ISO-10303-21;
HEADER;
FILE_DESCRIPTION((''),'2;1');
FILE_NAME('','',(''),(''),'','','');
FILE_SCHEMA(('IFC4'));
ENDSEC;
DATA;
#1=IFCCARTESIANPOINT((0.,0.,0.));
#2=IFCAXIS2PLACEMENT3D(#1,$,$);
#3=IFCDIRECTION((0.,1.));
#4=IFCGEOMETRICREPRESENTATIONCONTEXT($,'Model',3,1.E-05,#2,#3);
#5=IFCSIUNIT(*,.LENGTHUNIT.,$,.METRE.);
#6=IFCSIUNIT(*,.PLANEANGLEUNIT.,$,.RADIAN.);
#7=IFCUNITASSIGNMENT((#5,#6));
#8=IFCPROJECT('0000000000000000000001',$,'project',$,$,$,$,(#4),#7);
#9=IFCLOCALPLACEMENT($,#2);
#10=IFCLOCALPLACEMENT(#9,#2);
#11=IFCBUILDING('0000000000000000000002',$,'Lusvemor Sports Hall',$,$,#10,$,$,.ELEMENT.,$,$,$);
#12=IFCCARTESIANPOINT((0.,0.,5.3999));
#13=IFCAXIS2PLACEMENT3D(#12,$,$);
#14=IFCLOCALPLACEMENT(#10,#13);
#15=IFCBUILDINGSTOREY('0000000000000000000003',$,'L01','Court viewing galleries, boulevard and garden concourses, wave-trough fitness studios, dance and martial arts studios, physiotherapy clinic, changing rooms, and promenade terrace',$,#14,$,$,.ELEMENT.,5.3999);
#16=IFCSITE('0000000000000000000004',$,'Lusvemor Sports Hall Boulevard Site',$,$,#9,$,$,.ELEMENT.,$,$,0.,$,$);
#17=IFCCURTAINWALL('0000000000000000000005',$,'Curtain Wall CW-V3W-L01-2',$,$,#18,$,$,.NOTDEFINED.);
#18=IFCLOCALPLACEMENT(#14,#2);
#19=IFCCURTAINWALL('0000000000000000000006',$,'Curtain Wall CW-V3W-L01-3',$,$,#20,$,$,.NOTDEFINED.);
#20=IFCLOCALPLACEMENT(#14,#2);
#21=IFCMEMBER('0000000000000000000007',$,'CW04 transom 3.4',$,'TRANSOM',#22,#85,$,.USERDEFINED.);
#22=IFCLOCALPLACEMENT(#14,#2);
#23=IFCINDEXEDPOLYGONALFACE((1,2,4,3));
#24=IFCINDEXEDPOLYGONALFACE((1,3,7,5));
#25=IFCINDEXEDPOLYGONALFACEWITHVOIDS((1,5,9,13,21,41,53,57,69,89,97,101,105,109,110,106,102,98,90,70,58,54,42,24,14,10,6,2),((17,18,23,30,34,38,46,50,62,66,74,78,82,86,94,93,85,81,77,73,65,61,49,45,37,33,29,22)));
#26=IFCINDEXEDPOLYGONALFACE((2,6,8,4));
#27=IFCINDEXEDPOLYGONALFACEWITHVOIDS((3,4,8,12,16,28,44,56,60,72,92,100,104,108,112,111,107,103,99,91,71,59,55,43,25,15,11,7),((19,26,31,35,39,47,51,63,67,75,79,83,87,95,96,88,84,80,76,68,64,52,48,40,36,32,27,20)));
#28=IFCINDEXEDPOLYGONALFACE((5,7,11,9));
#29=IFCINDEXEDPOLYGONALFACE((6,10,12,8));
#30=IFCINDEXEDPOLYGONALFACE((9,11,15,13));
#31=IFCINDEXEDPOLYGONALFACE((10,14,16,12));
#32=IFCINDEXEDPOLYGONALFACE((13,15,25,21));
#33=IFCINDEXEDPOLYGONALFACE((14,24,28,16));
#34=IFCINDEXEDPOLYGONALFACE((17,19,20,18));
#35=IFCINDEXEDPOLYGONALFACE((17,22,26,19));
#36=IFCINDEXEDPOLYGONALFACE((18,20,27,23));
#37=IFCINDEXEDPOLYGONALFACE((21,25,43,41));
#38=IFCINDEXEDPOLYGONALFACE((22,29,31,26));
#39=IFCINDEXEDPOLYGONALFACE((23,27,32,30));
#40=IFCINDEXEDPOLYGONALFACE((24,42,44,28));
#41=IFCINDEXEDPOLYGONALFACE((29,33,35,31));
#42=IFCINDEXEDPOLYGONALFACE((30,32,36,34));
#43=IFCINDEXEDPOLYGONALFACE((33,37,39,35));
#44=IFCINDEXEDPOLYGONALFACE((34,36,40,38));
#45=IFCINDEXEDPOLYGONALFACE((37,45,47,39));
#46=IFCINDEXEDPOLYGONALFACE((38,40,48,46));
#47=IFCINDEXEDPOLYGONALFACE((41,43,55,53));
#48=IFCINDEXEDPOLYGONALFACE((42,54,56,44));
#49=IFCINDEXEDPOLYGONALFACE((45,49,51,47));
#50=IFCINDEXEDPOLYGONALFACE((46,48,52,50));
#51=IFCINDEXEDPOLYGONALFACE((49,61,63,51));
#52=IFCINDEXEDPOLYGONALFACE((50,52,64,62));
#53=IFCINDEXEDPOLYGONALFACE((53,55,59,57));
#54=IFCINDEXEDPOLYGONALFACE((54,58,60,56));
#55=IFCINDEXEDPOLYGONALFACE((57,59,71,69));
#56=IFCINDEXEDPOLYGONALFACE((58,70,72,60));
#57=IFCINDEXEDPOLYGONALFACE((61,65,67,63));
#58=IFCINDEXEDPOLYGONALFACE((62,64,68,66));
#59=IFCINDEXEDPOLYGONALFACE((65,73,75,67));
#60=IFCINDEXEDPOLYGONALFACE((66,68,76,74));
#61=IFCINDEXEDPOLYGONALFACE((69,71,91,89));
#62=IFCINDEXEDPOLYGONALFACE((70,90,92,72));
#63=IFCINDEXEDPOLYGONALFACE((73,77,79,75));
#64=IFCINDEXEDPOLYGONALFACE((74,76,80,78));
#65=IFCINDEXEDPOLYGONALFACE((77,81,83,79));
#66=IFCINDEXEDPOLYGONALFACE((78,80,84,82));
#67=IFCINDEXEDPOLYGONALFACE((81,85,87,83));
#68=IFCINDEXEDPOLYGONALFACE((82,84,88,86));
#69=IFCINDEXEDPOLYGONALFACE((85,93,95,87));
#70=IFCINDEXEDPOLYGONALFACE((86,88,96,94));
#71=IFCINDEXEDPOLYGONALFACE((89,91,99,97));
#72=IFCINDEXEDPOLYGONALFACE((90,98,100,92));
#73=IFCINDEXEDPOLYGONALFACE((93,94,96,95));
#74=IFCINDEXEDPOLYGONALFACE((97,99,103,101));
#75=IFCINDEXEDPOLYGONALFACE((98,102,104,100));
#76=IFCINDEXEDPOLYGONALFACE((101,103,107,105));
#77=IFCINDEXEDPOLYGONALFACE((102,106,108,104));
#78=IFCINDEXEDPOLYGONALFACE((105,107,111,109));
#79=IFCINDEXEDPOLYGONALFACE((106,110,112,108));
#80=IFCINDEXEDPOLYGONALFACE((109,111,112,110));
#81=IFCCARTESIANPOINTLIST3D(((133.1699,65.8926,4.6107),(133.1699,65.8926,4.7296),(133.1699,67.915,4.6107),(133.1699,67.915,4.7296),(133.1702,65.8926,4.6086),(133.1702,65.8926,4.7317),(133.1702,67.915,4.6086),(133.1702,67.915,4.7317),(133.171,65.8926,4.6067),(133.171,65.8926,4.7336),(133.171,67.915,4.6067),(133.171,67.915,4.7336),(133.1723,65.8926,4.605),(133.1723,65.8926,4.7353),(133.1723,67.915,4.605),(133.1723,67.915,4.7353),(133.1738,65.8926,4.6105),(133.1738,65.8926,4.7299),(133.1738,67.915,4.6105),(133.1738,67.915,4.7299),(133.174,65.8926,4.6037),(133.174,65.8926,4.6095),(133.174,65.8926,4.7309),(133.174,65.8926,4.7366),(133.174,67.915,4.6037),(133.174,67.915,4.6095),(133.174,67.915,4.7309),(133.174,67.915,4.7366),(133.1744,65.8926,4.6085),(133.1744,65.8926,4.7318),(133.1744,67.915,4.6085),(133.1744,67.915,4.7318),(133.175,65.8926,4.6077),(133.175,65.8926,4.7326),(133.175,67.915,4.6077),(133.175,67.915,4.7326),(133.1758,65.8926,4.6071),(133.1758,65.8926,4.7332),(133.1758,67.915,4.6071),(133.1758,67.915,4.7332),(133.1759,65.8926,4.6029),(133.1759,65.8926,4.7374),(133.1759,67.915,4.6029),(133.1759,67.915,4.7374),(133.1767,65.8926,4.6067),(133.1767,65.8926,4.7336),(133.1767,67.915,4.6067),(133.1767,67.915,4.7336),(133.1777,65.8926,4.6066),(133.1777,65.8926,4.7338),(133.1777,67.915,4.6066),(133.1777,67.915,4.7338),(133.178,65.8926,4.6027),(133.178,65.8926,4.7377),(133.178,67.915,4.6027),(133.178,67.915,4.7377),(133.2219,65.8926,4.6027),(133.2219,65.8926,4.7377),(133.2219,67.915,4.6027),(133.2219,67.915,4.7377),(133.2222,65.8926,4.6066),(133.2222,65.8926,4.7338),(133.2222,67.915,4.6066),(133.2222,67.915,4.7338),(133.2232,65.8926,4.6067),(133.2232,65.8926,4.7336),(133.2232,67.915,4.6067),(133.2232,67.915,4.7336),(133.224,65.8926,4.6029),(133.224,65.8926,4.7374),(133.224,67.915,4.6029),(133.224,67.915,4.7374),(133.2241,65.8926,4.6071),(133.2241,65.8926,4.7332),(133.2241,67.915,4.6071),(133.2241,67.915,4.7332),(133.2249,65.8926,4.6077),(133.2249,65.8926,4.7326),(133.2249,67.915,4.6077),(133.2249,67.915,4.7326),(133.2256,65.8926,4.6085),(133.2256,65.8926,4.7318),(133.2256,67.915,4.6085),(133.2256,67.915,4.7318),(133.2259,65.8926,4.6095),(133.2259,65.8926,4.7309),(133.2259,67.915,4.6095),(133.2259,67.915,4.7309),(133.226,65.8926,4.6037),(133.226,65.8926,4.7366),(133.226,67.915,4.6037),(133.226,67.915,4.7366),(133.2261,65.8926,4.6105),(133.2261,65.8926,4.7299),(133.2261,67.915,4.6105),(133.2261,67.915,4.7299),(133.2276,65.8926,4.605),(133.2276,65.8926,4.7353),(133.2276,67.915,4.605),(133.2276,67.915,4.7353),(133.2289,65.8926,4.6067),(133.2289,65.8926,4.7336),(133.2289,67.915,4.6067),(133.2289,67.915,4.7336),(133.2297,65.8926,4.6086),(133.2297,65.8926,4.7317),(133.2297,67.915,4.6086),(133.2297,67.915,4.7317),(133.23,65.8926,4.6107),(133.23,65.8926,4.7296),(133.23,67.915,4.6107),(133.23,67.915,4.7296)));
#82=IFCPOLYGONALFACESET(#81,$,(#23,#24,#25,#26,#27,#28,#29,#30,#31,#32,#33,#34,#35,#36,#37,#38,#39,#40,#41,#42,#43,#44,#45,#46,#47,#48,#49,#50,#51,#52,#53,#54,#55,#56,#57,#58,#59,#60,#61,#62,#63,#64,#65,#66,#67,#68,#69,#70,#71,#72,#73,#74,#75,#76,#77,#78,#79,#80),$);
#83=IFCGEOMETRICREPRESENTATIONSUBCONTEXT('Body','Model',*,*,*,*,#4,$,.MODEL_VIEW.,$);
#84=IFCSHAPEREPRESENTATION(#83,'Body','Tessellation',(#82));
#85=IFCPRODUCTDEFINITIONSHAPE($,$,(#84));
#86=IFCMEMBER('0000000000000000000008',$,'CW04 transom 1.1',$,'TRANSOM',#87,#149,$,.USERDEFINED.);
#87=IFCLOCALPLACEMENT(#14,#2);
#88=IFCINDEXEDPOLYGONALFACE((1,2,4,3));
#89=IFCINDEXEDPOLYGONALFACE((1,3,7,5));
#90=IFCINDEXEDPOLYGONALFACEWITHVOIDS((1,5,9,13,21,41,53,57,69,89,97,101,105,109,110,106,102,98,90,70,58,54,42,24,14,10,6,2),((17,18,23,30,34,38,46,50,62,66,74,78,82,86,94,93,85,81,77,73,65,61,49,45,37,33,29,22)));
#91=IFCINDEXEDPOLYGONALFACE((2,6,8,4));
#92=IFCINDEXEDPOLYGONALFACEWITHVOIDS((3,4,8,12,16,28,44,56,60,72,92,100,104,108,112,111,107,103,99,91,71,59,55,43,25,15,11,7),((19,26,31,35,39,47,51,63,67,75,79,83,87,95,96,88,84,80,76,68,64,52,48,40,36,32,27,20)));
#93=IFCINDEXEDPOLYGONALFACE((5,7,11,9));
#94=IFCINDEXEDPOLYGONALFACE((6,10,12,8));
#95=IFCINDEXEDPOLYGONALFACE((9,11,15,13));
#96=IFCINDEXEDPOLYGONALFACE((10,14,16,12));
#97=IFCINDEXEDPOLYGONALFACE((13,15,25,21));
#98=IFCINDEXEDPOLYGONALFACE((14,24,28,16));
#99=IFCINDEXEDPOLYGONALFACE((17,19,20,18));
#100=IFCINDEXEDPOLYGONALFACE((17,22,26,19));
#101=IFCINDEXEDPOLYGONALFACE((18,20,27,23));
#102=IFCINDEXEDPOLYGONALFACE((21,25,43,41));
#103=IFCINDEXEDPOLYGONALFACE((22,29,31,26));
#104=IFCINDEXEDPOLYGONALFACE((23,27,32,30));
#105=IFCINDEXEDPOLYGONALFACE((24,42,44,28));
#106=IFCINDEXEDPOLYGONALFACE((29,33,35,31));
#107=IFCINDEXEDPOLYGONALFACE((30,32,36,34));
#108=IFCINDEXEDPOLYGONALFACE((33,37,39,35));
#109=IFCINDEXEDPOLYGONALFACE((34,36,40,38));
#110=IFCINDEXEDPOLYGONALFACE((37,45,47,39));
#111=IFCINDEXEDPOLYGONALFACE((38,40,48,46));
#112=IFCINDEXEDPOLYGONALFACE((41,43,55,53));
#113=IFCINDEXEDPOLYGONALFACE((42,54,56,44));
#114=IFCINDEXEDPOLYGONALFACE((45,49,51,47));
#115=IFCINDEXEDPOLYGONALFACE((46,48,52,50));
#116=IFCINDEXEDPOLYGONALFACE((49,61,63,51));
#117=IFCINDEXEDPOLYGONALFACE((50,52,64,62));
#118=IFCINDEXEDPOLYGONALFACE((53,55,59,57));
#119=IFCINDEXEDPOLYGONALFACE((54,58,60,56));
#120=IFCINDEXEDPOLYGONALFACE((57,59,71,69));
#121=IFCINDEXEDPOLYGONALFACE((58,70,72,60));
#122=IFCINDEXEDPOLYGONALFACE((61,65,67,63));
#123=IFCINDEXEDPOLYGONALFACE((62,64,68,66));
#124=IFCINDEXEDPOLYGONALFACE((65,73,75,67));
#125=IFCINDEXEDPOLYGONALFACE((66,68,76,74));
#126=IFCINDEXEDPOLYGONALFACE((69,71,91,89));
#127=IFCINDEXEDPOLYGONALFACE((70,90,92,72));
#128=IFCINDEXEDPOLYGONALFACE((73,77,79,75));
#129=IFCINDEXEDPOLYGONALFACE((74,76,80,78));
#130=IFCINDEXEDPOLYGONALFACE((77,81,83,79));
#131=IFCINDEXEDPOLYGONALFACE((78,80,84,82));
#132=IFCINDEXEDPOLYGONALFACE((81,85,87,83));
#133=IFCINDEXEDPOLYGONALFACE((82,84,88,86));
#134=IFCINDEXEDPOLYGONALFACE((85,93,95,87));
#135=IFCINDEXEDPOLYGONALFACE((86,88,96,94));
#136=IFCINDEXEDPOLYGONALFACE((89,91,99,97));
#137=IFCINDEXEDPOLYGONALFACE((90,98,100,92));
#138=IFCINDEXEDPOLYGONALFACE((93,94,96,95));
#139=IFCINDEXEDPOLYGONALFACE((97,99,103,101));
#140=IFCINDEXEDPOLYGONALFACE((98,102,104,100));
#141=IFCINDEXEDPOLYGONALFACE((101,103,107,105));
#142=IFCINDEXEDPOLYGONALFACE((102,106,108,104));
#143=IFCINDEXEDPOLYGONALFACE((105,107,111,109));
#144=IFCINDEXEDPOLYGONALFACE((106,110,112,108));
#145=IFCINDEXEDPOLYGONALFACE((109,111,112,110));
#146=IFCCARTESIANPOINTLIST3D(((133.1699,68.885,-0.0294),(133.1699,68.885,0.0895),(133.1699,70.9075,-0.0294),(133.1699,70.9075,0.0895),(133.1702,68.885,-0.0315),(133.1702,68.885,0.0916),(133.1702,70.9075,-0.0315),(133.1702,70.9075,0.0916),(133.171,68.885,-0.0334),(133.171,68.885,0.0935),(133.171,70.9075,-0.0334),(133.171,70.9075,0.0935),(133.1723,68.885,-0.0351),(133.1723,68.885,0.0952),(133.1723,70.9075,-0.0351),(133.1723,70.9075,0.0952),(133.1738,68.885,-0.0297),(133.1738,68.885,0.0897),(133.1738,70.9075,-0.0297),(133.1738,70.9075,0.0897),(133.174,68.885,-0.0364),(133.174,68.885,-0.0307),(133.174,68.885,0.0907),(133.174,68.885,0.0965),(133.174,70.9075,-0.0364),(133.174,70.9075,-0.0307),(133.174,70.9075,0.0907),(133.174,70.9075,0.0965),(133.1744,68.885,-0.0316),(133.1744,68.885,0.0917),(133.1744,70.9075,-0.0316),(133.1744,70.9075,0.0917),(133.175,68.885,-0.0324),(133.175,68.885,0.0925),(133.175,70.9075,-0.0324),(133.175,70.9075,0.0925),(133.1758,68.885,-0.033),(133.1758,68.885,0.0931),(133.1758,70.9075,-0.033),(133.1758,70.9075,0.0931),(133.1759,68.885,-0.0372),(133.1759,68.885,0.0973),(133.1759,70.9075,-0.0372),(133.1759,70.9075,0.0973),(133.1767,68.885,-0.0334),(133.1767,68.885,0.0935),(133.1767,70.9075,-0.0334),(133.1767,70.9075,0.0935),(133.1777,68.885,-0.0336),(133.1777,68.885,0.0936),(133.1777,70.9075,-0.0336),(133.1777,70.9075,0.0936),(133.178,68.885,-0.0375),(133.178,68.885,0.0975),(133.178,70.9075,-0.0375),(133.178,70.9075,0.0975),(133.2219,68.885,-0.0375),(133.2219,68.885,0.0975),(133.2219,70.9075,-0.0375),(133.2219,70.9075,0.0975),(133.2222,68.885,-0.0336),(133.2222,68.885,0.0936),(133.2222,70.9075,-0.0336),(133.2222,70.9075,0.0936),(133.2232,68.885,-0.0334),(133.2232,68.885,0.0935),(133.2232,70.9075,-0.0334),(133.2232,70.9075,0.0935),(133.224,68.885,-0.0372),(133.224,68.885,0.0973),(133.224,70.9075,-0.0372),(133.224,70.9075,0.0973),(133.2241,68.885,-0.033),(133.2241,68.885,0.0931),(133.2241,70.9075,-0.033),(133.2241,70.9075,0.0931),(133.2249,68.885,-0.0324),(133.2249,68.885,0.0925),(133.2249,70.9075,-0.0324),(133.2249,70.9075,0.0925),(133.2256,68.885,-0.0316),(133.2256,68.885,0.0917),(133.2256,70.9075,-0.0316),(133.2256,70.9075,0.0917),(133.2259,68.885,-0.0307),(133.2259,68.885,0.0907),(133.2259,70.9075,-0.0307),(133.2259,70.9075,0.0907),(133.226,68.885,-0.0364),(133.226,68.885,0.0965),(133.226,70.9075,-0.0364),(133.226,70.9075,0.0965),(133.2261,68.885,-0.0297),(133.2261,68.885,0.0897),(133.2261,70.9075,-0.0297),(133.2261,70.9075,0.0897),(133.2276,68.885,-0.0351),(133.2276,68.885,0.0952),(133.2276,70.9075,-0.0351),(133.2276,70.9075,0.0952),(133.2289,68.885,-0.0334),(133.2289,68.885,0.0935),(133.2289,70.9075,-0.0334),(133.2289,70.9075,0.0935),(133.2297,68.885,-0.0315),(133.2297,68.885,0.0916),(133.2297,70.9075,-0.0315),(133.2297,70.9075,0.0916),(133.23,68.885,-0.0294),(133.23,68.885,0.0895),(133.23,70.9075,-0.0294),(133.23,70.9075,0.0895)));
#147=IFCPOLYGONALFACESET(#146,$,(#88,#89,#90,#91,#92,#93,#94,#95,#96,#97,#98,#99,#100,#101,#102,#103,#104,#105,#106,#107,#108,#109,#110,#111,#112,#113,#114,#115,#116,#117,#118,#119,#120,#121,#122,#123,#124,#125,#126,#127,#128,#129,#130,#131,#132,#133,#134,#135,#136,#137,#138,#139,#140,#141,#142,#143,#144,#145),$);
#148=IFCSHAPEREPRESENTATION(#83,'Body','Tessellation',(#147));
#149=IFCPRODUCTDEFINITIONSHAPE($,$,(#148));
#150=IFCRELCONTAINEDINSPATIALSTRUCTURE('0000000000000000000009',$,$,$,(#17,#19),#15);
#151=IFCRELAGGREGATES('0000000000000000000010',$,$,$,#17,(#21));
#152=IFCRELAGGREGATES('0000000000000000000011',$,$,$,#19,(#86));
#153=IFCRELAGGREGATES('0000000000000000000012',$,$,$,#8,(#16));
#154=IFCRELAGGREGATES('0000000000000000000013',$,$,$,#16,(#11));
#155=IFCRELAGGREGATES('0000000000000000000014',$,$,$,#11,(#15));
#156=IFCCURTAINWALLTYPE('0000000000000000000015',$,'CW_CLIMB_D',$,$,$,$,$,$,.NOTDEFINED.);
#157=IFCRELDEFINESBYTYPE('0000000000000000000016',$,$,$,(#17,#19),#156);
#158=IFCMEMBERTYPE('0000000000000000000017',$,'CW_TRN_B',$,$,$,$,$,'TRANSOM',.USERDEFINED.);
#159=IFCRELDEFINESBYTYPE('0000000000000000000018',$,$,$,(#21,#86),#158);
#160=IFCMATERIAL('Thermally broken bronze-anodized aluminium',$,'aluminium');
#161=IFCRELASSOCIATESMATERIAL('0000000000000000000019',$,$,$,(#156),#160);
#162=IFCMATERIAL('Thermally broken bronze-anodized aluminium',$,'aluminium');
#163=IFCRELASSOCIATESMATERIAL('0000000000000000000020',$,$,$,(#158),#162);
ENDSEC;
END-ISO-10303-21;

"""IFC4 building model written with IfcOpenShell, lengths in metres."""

from ifc_helpers import new_model, si_unit, direction, frame, origin, origin_2d, place, context, subcontext, project, spatial, hollow_rectangle, extrude, material, material_profile, profile_set, type_object, element, aggregate, save


model = new_model("IFC4")

# Units and contexts
model_context = context("Model", 3, precision=1e-05, world=origin(), true_north=direction((0.0, 1.0)))
body_context = subcontext(model_context, "Body", "Model", "MODEL_VIEW")
ifc_project = project(units=[si_unit("LENGTHUNIT", "METRE"), si_unit("PLANEANGLEUNIT", "RADIAN")], contexts=[model_context])

# Site, building, storey
site_placement = place(None, origin())
site = spatial("IfcSite", under=ifc_project, at=site_placement, Name="Lusvemor Sports Hall Boulevard Site", CompositionType="ELEMENT", RefElevation=0.0)
building_placement = place(site_placement, origin())
building = spatial("IfcBuilding", under=site, at=building_placement, Name="Lusvemor Sports Hall", CompositionType="ELEMENT")
storey_placement = place(building_placement, frame((0.0, 0.0, 5.3999)))
storey = spatial("IfcBuildingStorey", under=building, at=storey_placement, Name="L01", Description="Court viewing galleries, boulevard and garden concourses, wave-trough fitness studios, dance and martial arts studios, physiotherapy clinic, changing rooms, and promenade terrace", CompositionType="ELEMENT", Elevation=5.3999)

# Curtain wall
ifc_material_1 = material(Name="Thermally broken bronze-anodized aluminium", Category="aluminium")
curtain_wall_type = type_object("IfcCurtainWallType", Name="CW_CLIMB_D", PredefinedType="NOTDEFINED", material=ifc_material_1)
curtain_wall_1_placement = place(storey_placement, origin())
curtain_wall_1 = element("IfcCurtainWall", 1, at=curtain_wall_1_placement, inside=storey, type_object=curtain_wall_type, Name="Curtain Wall CW-V3W-L01-2", PredefinedType="NOTDEFINED")

# Curtain wall
curtain_wall_2_placement = place(storey_placement, origin())
curtain_wall_2 = element("IfcCurtainWall", 2, at=curtain_wall_2_placement, inside=storey, type_object=curtain_wall_type, Name="Curtain Wall CW-V3W-L01-3", PredefinedType="NOTDEFINED")

# Members
ifc_material_2 = material(Name="Thermally broken bronze-anodized aluminium", Category="aluminium")
ifc_material_profile_1 = material_profile(ifc_material_2, hollow_rectangle(XDim=0.0601, YDim=0.135, WallThickness=0.0039, InnerFilletRadius=0.0039, OuterFilletRadius=0.0081, at=origin_2d()), Name="CWTRN135x60x4")
ifc_profile_set_1 = profile_set([ifc_material_profile_1], Name="Thermally broken bronze-anodized aluminium")
member_type_1 = type_object("IfcMemberType", Name="CW_TRN_B", ElementType="TRANSOM", PredefinedType="USERDEFINED", material=ifc_profile_set_1)
member_1_placement = place(storey_placement, frame((133.2, 65.8926, 4.6702), z_axis=(0.0, 1.0, 0.0), x_axis=(-1.0, 0.0, 0.0)))
member_1 = element("IfcMember", 3, at=member_1_placement, type_object=member_type_1, Name="CW04 transom 3.4", ObjectType="TRANSOM", PredefinedType="USERDEFINED", context=body_context, shape_type="SweptSolid", body=[
    extrude(hollow_rectangle(XDim=0.0601, YDim=0.135, WallThickness=0.0039, InnerFilletRadius=0.0039, OuterFilletRadius=0.0081, at=origin_2d()), origin(), (0.0, 0.0, 1.0), 2.0225),
])
member_2_placement = place(storey_placement, frame((133.2, 68.885, 0.03), z_axis=(0.0, 1.0, 0.0), x_axis=(-1.0, 0.0, 0.0)))
member_2 = element("IfcMember", 4, at=member_2_placement, type_object=member_type_1, Name="CW04 transom 1.1", ObjectType="TRANSOM", PredefinedType="USERDEFINED", context=body_context, shape_type="SweptSolid", body=[
    extrude(hollow_rectangle(XDim=0.0601, YDim=0.135, WallThickness=0.0039, InnerFilletRadius=0.0039, OuterFilletRadius=0.0081, at=origin_2d()), origin(), (0.0, 0.0, 1.0), 2.0225),
])

aggregate(curtain_wall_1, [member_1])
aggregate(curtain_wall_2, [member_2])

save(model, "model.ifc")
